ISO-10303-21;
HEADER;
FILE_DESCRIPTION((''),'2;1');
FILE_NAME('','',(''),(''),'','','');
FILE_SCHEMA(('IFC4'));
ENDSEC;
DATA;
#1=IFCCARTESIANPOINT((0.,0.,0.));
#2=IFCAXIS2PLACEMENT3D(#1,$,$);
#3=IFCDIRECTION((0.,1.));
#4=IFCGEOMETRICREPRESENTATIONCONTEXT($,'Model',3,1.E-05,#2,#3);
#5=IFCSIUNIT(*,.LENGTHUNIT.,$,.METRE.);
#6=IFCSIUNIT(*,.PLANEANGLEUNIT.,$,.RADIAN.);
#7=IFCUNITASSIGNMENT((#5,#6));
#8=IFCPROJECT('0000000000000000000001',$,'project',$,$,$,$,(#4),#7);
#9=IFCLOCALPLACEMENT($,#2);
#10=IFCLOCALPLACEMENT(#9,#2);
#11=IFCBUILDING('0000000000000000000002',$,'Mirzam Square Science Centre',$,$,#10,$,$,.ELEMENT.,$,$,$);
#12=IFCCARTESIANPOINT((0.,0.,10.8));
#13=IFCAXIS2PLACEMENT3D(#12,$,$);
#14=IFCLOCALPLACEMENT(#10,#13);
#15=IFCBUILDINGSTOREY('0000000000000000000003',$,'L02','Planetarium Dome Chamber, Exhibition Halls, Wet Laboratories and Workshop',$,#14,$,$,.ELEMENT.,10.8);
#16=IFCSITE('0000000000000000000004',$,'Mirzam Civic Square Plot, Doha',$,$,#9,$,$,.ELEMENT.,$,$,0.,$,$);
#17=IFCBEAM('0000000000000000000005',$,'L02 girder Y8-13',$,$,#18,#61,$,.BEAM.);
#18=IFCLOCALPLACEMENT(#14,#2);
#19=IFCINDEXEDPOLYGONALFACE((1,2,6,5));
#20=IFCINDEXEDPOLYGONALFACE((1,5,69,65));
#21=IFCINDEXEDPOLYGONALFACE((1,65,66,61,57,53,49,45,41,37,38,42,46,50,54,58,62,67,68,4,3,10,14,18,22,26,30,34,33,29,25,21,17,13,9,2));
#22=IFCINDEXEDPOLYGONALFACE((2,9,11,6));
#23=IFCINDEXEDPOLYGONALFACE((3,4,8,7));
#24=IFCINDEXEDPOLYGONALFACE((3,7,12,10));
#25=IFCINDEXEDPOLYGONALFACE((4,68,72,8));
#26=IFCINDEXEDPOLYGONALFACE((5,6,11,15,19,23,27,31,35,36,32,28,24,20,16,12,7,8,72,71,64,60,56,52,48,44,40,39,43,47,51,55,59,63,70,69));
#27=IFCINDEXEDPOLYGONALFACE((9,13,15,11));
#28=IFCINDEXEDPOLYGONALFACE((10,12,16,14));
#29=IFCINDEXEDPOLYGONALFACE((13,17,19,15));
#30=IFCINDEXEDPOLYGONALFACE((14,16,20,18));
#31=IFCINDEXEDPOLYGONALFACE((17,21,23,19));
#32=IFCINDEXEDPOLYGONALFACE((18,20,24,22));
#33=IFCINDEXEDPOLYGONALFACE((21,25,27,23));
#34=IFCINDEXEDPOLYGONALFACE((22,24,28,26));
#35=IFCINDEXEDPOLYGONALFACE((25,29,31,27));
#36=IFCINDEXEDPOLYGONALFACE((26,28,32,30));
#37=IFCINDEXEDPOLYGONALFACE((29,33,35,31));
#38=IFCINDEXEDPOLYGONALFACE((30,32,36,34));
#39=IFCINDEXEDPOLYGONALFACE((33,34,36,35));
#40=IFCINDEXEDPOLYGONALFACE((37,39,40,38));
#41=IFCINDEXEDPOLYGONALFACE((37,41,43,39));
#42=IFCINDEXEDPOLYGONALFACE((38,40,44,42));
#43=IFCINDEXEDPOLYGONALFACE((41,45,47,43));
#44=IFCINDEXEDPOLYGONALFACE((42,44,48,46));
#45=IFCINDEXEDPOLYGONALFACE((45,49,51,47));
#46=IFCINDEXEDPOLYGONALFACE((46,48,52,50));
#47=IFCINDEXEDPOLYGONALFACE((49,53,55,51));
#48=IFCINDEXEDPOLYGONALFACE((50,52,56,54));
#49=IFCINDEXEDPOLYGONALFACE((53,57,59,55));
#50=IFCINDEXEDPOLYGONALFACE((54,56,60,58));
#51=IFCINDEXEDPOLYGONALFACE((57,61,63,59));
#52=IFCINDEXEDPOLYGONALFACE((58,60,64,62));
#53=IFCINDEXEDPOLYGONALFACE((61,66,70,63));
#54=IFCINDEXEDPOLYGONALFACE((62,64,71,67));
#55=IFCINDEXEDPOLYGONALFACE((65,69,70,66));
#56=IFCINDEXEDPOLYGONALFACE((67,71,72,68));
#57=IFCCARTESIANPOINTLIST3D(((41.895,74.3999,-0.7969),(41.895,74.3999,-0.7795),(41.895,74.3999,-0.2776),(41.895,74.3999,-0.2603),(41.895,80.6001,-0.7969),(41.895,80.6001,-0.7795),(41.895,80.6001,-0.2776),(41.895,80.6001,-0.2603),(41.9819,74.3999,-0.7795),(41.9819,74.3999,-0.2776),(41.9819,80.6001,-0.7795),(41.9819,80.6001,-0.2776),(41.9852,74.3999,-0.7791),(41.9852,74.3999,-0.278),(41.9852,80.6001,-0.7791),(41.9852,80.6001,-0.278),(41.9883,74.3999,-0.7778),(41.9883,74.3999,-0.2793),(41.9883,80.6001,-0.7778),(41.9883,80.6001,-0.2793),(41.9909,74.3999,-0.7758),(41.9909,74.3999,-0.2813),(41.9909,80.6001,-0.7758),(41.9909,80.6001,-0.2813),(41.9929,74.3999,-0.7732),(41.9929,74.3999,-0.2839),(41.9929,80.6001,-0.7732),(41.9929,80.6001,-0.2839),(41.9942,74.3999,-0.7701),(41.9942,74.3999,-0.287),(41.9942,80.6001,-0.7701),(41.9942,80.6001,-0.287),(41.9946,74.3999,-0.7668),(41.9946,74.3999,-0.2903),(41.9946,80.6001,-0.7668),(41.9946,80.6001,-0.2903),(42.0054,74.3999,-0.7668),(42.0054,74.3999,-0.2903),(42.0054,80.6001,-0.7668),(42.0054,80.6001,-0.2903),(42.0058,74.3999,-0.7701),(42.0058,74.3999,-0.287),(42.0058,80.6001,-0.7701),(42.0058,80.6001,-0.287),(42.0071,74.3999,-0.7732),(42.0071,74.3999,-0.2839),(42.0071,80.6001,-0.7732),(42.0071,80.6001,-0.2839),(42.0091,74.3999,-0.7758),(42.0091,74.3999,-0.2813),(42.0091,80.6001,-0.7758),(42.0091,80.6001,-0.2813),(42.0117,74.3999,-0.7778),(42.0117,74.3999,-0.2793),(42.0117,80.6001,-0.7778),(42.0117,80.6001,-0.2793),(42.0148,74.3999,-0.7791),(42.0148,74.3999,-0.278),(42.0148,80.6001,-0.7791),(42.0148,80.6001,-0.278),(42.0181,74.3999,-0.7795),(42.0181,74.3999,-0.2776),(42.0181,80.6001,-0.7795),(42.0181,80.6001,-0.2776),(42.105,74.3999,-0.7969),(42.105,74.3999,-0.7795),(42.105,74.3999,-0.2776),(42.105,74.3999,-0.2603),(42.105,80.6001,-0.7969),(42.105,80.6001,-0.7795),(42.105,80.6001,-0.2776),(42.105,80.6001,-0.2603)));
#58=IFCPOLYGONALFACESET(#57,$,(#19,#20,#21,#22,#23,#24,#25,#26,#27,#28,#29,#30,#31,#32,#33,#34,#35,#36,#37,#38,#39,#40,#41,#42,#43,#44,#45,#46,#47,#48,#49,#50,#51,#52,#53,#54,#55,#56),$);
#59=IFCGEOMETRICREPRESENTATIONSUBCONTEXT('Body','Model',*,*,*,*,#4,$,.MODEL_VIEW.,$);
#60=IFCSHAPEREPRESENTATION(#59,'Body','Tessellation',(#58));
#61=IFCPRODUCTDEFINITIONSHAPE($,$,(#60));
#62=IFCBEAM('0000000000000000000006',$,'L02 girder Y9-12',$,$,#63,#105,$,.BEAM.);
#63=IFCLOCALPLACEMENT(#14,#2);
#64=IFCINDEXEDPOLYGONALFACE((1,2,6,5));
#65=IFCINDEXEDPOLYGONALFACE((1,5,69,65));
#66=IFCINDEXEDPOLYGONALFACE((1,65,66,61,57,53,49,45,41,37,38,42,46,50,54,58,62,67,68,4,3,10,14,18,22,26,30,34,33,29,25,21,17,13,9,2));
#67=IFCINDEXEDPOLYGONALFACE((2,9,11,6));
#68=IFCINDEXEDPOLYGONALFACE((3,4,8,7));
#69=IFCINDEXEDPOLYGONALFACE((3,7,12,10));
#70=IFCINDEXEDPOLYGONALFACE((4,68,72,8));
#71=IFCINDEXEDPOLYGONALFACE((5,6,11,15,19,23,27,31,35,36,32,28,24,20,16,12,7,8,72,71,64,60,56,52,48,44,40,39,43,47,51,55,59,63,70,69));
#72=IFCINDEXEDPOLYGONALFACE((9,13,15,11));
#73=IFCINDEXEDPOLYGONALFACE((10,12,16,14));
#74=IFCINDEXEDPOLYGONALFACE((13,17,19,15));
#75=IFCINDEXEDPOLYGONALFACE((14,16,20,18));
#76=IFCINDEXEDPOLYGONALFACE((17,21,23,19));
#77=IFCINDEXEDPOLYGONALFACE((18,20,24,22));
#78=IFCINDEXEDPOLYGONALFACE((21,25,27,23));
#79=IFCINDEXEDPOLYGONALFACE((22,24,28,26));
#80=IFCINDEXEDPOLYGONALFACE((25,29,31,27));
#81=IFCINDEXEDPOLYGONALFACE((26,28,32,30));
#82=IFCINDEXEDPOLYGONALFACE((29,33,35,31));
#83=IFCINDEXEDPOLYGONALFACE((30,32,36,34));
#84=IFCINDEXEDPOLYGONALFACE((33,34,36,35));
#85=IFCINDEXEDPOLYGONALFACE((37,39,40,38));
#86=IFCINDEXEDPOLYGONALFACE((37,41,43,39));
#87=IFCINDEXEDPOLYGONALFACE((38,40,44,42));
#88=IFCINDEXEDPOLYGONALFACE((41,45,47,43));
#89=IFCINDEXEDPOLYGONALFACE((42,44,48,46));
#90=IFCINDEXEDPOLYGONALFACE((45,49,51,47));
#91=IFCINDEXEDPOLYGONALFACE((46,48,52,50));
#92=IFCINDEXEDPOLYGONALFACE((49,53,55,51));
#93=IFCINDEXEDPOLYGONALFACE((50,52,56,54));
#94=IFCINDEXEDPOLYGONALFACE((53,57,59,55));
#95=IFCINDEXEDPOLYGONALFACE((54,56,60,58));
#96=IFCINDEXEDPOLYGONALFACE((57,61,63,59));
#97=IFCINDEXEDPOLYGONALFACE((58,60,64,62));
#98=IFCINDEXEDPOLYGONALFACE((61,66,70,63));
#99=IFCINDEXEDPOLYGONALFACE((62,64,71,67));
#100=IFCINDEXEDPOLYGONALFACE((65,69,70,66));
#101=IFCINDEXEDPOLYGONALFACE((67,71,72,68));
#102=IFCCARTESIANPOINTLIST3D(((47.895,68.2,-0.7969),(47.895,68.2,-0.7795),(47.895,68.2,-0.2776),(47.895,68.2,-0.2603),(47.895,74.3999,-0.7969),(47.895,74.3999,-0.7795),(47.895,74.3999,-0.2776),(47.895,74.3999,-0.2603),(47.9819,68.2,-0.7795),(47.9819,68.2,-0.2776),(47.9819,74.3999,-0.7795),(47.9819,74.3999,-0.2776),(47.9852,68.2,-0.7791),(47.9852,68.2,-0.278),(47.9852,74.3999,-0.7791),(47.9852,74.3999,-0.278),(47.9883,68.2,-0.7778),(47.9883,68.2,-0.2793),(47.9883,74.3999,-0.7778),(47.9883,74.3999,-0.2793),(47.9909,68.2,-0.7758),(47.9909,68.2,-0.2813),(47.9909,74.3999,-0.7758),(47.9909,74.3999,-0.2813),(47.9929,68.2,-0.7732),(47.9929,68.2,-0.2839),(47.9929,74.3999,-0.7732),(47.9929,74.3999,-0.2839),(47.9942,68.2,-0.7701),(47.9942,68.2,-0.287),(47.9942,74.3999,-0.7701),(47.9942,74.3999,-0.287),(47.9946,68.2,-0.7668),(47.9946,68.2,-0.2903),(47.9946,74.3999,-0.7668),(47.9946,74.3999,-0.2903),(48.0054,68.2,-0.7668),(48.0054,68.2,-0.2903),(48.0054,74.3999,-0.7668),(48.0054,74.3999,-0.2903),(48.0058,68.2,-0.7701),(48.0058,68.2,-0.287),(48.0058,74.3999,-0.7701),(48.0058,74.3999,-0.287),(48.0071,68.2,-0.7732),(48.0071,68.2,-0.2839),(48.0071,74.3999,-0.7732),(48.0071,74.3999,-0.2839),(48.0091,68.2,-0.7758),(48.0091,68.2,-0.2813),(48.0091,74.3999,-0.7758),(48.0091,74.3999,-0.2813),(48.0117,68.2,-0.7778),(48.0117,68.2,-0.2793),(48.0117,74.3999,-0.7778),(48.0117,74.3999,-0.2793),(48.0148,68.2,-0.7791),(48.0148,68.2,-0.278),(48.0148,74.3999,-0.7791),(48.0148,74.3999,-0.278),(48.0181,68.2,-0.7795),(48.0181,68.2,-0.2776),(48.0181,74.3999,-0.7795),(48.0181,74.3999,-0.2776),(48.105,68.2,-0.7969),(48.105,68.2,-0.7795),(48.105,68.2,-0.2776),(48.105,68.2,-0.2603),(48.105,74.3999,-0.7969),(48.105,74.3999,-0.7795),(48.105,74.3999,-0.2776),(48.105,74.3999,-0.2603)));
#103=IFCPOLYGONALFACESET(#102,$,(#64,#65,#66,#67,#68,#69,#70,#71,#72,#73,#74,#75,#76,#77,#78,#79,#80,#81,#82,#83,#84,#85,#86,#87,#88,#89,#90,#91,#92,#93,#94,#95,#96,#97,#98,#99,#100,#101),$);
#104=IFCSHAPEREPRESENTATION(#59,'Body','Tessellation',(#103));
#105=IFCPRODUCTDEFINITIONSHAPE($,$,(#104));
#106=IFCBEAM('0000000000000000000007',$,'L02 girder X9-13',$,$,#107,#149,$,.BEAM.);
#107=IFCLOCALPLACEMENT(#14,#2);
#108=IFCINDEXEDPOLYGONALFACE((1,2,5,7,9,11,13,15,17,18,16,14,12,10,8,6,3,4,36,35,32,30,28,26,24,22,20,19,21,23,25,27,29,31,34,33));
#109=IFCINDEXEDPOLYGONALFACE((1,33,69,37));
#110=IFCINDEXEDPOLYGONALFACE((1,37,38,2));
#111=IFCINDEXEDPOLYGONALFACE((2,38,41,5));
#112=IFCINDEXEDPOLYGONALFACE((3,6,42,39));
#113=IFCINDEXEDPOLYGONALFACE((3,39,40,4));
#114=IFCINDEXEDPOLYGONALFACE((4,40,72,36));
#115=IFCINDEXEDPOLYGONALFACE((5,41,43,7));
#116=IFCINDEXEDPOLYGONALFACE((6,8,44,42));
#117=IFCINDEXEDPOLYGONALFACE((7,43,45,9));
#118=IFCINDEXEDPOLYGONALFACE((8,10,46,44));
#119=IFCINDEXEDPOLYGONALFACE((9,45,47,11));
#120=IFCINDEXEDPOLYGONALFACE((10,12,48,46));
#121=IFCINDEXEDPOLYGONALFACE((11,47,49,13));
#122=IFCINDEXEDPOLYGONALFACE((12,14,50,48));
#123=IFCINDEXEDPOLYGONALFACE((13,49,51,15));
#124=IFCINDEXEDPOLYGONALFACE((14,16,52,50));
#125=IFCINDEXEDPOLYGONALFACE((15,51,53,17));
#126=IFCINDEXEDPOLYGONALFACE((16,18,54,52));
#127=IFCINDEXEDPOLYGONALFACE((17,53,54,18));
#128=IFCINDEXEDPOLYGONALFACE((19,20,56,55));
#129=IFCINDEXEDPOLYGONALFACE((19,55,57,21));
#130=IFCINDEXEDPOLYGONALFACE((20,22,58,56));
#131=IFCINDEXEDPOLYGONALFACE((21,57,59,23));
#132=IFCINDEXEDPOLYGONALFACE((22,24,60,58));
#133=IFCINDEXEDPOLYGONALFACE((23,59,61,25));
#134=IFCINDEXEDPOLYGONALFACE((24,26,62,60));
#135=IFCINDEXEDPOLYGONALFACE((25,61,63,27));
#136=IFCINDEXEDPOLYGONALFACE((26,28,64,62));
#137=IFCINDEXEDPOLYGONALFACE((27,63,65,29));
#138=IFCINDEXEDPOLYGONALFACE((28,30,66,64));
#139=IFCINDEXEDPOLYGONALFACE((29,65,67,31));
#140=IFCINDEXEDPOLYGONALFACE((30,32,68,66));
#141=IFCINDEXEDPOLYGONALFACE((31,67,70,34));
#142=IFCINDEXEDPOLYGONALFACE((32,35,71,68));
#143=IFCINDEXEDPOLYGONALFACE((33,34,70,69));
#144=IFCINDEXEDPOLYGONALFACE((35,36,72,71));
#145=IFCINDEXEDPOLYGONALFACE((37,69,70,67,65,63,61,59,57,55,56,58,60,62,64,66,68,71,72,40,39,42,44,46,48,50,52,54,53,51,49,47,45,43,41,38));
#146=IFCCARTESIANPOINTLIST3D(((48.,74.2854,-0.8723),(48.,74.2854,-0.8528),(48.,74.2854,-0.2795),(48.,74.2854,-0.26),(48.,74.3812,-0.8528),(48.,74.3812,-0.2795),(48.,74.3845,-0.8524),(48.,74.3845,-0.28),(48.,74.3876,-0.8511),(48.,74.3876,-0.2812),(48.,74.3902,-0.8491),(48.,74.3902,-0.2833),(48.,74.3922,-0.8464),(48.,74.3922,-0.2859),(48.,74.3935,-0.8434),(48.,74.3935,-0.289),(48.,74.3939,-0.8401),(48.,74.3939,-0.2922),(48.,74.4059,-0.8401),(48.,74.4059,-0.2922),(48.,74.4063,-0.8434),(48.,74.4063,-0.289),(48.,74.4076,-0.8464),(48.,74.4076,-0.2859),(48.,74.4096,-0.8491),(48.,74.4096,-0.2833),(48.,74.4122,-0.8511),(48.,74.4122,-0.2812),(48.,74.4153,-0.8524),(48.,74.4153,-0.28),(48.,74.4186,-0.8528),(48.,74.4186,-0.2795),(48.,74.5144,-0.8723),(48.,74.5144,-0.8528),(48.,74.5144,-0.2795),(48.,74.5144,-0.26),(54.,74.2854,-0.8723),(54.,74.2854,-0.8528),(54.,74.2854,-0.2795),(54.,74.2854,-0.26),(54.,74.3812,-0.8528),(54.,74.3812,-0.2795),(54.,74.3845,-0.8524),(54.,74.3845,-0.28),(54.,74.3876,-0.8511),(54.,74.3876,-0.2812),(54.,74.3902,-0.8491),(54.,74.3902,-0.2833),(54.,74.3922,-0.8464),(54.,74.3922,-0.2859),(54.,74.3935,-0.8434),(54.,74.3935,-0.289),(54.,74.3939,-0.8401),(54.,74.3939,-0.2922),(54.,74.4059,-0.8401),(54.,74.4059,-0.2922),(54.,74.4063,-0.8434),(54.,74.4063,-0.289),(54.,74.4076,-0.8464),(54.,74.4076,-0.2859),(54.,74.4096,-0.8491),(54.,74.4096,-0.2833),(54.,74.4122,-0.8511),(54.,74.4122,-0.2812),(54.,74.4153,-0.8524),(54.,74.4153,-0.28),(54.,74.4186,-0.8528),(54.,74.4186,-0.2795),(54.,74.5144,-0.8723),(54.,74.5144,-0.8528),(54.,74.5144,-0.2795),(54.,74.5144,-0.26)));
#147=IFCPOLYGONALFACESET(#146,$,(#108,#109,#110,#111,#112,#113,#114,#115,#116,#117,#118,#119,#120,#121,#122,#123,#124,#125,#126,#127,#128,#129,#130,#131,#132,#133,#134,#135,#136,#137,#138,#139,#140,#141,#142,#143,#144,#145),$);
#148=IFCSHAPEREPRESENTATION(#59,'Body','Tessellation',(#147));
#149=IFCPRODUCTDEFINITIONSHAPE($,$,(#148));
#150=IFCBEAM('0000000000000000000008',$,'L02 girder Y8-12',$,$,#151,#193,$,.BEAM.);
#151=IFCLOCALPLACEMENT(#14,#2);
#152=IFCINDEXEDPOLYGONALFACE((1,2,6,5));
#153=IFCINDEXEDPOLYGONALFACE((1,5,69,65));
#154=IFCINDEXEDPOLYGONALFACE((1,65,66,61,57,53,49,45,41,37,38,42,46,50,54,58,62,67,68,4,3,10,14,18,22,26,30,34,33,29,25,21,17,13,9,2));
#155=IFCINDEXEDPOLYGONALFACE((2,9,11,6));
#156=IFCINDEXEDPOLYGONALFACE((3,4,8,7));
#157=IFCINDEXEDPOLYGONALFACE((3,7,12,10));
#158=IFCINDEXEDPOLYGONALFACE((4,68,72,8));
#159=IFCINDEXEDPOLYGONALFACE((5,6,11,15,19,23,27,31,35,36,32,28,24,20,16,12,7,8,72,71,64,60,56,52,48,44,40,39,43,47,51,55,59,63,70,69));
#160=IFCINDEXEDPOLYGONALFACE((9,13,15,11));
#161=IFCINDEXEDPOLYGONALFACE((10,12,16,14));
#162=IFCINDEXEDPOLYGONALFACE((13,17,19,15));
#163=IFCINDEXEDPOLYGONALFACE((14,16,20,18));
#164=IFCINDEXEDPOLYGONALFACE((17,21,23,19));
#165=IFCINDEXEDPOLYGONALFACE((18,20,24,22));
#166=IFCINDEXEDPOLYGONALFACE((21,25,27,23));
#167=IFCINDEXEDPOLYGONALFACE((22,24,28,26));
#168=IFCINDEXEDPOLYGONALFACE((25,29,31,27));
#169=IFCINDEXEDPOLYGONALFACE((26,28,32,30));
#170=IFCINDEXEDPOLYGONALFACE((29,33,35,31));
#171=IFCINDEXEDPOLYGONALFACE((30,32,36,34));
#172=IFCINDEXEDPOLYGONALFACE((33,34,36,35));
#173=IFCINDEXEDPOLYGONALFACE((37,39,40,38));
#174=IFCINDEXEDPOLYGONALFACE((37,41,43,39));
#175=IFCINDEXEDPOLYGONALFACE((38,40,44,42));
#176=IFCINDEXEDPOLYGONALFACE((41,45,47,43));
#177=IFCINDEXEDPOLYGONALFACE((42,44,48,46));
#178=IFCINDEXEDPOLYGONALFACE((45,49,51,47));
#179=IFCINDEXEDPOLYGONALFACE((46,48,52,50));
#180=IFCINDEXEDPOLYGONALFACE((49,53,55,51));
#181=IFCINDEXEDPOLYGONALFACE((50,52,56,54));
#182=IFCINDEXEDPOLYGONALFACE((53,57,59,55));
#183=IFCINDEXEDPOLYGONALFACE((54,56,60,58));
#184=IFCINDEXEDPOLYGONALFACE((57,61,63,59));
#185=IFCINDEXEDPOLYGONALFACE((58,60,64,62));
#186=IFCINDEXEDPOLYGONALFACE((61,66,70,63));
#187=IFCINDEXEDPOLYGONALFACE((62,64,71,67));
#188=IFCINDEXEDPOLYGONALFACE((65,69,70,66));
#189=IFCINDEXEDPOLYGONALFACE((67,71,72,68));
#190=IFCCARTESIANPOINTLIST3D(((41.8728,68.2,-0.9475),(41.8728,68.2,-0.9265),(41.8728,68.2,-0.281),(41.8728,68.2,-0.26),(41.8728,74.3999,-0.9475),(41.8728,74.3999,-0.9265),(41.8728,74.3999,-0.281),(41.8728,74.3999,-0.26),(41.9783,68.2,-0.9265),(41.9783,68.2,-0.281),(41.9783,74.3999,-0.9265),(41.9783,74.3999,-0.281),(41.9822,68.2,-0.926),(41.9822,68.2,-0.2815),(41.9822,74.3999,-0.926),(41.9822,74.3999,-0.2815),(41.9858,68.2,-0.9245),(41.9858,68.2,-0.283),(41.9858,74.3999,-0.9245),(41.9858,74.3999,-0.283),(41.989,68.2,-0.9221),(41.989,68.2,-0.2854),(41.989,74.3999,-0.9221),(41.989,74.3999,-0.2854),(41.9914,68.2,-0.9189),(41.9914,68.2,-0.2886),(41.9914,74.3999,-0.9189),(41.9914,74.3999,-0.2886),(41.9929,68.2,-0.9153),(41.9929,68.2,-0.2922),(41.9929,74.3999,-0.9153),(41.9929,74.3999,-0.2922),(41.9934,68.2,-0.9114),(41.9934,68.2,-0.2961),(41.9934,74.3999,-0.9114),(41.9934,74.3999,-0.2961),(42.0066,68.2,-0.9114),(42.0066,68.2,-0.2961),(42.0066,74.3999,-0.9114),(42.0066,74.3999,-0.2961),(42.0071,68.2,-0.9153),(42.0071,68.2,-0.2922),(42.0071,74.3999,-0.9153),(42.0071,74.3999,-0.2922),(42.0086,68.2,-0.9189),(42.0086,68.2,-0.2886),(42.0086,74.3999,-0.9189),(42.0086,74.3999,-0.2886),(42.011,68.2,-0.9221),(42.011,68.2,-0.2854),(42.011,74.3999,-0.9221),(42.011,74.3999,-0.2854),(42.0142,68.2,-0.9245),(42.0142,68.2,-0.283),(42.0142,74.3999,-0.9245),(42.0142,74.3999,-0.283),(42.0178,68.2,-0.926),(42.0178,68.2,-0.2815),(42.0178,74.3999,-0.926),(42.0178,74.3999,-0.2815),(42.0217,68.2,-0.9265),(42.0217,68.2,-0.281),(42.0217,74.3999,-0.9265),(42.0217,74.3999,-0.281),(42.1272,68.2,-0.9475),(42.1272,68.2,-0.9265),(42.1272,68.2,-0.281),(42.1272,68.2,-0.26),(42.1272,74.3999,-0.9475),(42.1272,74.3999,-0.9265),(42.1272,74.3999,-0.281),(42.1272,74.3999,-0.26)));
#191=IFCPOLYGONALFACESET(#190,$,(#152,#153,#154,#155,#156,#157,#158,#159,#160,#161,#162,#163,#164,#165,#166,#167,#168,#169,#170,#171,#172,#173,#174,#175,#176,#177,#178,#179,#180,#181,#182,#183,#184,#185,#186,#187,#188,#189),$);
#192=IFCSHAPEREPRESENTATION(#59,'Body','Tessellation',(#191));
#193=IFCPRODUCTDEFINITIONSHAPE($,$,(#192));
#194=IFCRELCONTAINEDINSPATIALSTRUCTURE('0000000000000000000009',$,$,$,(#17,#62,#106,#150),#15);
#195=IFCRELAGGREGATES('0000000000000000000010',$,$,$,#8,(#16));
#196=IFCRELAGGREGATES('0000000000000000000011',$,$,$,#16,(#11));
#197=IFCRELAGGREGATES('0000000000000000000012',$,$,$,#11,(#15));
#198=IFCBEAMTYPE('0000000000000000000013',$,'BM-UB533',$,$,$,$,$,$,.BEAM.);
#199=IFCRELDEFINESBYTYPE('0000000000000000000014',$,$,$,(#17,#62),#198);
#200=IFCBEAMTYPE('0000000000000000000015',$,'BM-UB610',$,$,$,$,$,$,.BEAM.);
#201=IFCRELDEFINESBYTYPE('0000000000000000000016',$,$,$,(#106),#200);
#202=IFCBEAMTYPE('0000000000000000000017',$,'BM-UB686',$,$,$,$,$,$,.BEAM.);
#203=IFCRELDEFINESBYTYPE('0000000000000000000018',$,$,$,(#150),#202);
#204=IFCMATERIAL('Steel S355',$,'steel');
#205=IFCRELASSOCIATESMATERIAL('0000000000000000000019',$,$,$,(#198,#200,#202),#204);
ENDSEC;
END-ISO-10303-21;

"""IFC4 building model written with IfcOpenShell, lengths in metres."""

from ifc_helpers import new_model, si_unit, direction, frame, origin, origin_2d, place, context, subcontext, project, spatial, i_section, extrude, material, material_profile, profile_set, type_object, element, save


model = new_model("IFC4")

# Units and contexts
model_context = context("Model", 3, precision=1e-05, world=origin(), true_north=direction((0.0, 1.0)))
body_context = subcontext(model_context, "Body", "Model", "MODEL_VIEW")
ifc_project = project(units=[si_unit("LENGTHUNIT", "METRE"), si_unit("PLANEANGLEUNIT", "RADIAN")], contexts=[model_context])

# Site, building, storey
site_placement = place(None, origin())
site = spatial("IfcSite", under=ifc_project, at=site_placement, Name="Mirzam Civic Square Plot, Doha", CompositionType="ELEMENT", RefElevation=0.0)
building_placement = place(site_placement, origin())
building = spatial("IfcBuilding", under=site, at=building_placement, Name="Mirzam Square Science Centre", CompositionType="ELEMENT")
storey_placement = place(building_placement, frame((0.0, 0.0, 10.8)))
storey = spatial("IfcBuildingStorey", under=building, at=storey_placement, Name="L02", Description="Planetarium Dome Chamber, Exhibition Halls, Wet Laboratories and Workshop", CompositionType="ELEMENT", Elevation=10.8)

# Shared definitions
ifc_material_1 = material(Name="Steel S355", Category="steel")

# Beams
ifc_material_profile_1 = material_profile(ifc_material_1, i_section(OverallWidth=0.21, OverallDepth=0.5366, WebThickness=0.0107, FlangeThickness=0.0173, FilletRadius=0.0127, at=origin_2d()), Name="533x210x101UB")
ifc_profile_set_1 = profile_set([ifc_material_profile_1], Name="Steel S355")
beam_type_1 = type_object("IfcBeamType", Name="BM-UB533", PredefinedType="BEAM", material=ifc_profile_set_1)
beam_1_placement = place(storey_placement, frame((42.0, 74.3999, -0.5286), z_axis=(0.0, 1.0, 0.0), x_axis=(-1.0, 0.0, 0.0)))
element("IfcBeam", 1, at=beam_1_placement, inside=storey, type_object=beam_type_1, Name="L02 girder Y8-13", PredefinedType="BEAM", context=body_context, shape_type="SweptSolid", body=[
    extrude(i_section(OverallWidth=0.21, OverallDepth=0.5366, WebThickness=0.0107, FlangeThickness=0.0173, FilletRadius=0.0127, at=origin_2d()), origin(), (0.0, 0.0, 1.0), 6.2002),
])
beam_2_placement = place(storey_placement, frame((48.0, 68.2, -0.5286), z_axis=(0.0, 1.0, 0.0), x_axis=(-1.0, 0.0, 0.0)))
element("IfcBeam", 2, at=beam_2_placement, inside=storey, type_object=beam_type_1, Name="L02 girder Y9-12", PredefinedType="BEAM", context=body_context, shape_type="SweptSolid", body=[
    extrude(i_section(OverallWidth=0.21, OverallDepth=0.5366, WebThickness=0.0107, FlangeThickness=0.0173, FilletRadius=0.0127, at=origin_2d()), origin(), (0.0, 0.0, 1.0), 6.2),
])
ifc_material_profile_2 = material_profile(ifc_material_1, i_section(OverallWidth=0.229, OverallDepth=0.6123, WebThickness=0.012, FlangeThickness=0.0195, FilletRadius=0.0127, at=origin_2d()), Name="610x229x125UB")
ifc_profile_set_2 = profile_set([ifc_material_profile_2], Name="Steel S355")
beam_type_2 = type_object("IfcBeamType", Name="BM-UB610", PredefinedType="BEAM", material=ifc_profile_set_2)
beam_3_placement = place(storey_placement, frame((48.0, 74.3999, -0.5662), z_axis=(1.0, 0.0, 0.0), x_axis=(0.0, 1.0, 0.0)))
element("IfcBeam", 3, at=beam_3_placement, inside=storey, type_object=beam_type_2, Name="L02 girder X9-13", PredefinedType="BEAM", context=body_context, shape_type="SweptSolid", body=[
    extrude(i_section(OverallWidth=0.229, OverallDepth=0.6123, WebThickness=0.012, FlangeThickness=0.0195, FilletRadius=0.0127, at=origin_2d()), origin(), (0.0, 0.0, 1.0), 6.0),
])
ifc_material_profile_3 = material_profile(ifc_material_1, i_section(OverallWidth=0.2544, OverallDepth=0.6875, WebThickness=0.0132, FlangeThickness=0.021, FilletRadius=0.0151, at=origin_2d()), Name="686x254x152UB")
ifc_profile_set_3 = profile_set([ifc_material_profile_3], Name="Steel S355")
beam_type_3 = type_object("IfcBeamType", Name="BM-UB686", PredefinedType="BEAM", material=ifc_profile_set_3)
for number, where, z_axis, x_axis, name in (
    (4, (42.0, 68.2, -0.6038), (0.0, 1.0, 0.0), (-1.0, 0.0, 0.0), "L02 girder Y8-12"),
):
    element("IfcBeam", number, at=place(storey_placement, frame(where, z_axis=z_axis, x_axis=x_axis)), inside=storey, type_object=beam_type_3, Name=name, PredefinedType="BEAM", context=body_context, shape_type="SweptSolid", body=[
        extrude(i_section(OverallWidth=0.2544, OverallDepth=0.6875, WebThickness=0.0132, FlangeThickness=0.021, FilletRadius=0.0151, at=origin_2d()), origin(), (0.0, 0.0, 1.0), 6.2),
    ])

save(model, "model.ifc")
